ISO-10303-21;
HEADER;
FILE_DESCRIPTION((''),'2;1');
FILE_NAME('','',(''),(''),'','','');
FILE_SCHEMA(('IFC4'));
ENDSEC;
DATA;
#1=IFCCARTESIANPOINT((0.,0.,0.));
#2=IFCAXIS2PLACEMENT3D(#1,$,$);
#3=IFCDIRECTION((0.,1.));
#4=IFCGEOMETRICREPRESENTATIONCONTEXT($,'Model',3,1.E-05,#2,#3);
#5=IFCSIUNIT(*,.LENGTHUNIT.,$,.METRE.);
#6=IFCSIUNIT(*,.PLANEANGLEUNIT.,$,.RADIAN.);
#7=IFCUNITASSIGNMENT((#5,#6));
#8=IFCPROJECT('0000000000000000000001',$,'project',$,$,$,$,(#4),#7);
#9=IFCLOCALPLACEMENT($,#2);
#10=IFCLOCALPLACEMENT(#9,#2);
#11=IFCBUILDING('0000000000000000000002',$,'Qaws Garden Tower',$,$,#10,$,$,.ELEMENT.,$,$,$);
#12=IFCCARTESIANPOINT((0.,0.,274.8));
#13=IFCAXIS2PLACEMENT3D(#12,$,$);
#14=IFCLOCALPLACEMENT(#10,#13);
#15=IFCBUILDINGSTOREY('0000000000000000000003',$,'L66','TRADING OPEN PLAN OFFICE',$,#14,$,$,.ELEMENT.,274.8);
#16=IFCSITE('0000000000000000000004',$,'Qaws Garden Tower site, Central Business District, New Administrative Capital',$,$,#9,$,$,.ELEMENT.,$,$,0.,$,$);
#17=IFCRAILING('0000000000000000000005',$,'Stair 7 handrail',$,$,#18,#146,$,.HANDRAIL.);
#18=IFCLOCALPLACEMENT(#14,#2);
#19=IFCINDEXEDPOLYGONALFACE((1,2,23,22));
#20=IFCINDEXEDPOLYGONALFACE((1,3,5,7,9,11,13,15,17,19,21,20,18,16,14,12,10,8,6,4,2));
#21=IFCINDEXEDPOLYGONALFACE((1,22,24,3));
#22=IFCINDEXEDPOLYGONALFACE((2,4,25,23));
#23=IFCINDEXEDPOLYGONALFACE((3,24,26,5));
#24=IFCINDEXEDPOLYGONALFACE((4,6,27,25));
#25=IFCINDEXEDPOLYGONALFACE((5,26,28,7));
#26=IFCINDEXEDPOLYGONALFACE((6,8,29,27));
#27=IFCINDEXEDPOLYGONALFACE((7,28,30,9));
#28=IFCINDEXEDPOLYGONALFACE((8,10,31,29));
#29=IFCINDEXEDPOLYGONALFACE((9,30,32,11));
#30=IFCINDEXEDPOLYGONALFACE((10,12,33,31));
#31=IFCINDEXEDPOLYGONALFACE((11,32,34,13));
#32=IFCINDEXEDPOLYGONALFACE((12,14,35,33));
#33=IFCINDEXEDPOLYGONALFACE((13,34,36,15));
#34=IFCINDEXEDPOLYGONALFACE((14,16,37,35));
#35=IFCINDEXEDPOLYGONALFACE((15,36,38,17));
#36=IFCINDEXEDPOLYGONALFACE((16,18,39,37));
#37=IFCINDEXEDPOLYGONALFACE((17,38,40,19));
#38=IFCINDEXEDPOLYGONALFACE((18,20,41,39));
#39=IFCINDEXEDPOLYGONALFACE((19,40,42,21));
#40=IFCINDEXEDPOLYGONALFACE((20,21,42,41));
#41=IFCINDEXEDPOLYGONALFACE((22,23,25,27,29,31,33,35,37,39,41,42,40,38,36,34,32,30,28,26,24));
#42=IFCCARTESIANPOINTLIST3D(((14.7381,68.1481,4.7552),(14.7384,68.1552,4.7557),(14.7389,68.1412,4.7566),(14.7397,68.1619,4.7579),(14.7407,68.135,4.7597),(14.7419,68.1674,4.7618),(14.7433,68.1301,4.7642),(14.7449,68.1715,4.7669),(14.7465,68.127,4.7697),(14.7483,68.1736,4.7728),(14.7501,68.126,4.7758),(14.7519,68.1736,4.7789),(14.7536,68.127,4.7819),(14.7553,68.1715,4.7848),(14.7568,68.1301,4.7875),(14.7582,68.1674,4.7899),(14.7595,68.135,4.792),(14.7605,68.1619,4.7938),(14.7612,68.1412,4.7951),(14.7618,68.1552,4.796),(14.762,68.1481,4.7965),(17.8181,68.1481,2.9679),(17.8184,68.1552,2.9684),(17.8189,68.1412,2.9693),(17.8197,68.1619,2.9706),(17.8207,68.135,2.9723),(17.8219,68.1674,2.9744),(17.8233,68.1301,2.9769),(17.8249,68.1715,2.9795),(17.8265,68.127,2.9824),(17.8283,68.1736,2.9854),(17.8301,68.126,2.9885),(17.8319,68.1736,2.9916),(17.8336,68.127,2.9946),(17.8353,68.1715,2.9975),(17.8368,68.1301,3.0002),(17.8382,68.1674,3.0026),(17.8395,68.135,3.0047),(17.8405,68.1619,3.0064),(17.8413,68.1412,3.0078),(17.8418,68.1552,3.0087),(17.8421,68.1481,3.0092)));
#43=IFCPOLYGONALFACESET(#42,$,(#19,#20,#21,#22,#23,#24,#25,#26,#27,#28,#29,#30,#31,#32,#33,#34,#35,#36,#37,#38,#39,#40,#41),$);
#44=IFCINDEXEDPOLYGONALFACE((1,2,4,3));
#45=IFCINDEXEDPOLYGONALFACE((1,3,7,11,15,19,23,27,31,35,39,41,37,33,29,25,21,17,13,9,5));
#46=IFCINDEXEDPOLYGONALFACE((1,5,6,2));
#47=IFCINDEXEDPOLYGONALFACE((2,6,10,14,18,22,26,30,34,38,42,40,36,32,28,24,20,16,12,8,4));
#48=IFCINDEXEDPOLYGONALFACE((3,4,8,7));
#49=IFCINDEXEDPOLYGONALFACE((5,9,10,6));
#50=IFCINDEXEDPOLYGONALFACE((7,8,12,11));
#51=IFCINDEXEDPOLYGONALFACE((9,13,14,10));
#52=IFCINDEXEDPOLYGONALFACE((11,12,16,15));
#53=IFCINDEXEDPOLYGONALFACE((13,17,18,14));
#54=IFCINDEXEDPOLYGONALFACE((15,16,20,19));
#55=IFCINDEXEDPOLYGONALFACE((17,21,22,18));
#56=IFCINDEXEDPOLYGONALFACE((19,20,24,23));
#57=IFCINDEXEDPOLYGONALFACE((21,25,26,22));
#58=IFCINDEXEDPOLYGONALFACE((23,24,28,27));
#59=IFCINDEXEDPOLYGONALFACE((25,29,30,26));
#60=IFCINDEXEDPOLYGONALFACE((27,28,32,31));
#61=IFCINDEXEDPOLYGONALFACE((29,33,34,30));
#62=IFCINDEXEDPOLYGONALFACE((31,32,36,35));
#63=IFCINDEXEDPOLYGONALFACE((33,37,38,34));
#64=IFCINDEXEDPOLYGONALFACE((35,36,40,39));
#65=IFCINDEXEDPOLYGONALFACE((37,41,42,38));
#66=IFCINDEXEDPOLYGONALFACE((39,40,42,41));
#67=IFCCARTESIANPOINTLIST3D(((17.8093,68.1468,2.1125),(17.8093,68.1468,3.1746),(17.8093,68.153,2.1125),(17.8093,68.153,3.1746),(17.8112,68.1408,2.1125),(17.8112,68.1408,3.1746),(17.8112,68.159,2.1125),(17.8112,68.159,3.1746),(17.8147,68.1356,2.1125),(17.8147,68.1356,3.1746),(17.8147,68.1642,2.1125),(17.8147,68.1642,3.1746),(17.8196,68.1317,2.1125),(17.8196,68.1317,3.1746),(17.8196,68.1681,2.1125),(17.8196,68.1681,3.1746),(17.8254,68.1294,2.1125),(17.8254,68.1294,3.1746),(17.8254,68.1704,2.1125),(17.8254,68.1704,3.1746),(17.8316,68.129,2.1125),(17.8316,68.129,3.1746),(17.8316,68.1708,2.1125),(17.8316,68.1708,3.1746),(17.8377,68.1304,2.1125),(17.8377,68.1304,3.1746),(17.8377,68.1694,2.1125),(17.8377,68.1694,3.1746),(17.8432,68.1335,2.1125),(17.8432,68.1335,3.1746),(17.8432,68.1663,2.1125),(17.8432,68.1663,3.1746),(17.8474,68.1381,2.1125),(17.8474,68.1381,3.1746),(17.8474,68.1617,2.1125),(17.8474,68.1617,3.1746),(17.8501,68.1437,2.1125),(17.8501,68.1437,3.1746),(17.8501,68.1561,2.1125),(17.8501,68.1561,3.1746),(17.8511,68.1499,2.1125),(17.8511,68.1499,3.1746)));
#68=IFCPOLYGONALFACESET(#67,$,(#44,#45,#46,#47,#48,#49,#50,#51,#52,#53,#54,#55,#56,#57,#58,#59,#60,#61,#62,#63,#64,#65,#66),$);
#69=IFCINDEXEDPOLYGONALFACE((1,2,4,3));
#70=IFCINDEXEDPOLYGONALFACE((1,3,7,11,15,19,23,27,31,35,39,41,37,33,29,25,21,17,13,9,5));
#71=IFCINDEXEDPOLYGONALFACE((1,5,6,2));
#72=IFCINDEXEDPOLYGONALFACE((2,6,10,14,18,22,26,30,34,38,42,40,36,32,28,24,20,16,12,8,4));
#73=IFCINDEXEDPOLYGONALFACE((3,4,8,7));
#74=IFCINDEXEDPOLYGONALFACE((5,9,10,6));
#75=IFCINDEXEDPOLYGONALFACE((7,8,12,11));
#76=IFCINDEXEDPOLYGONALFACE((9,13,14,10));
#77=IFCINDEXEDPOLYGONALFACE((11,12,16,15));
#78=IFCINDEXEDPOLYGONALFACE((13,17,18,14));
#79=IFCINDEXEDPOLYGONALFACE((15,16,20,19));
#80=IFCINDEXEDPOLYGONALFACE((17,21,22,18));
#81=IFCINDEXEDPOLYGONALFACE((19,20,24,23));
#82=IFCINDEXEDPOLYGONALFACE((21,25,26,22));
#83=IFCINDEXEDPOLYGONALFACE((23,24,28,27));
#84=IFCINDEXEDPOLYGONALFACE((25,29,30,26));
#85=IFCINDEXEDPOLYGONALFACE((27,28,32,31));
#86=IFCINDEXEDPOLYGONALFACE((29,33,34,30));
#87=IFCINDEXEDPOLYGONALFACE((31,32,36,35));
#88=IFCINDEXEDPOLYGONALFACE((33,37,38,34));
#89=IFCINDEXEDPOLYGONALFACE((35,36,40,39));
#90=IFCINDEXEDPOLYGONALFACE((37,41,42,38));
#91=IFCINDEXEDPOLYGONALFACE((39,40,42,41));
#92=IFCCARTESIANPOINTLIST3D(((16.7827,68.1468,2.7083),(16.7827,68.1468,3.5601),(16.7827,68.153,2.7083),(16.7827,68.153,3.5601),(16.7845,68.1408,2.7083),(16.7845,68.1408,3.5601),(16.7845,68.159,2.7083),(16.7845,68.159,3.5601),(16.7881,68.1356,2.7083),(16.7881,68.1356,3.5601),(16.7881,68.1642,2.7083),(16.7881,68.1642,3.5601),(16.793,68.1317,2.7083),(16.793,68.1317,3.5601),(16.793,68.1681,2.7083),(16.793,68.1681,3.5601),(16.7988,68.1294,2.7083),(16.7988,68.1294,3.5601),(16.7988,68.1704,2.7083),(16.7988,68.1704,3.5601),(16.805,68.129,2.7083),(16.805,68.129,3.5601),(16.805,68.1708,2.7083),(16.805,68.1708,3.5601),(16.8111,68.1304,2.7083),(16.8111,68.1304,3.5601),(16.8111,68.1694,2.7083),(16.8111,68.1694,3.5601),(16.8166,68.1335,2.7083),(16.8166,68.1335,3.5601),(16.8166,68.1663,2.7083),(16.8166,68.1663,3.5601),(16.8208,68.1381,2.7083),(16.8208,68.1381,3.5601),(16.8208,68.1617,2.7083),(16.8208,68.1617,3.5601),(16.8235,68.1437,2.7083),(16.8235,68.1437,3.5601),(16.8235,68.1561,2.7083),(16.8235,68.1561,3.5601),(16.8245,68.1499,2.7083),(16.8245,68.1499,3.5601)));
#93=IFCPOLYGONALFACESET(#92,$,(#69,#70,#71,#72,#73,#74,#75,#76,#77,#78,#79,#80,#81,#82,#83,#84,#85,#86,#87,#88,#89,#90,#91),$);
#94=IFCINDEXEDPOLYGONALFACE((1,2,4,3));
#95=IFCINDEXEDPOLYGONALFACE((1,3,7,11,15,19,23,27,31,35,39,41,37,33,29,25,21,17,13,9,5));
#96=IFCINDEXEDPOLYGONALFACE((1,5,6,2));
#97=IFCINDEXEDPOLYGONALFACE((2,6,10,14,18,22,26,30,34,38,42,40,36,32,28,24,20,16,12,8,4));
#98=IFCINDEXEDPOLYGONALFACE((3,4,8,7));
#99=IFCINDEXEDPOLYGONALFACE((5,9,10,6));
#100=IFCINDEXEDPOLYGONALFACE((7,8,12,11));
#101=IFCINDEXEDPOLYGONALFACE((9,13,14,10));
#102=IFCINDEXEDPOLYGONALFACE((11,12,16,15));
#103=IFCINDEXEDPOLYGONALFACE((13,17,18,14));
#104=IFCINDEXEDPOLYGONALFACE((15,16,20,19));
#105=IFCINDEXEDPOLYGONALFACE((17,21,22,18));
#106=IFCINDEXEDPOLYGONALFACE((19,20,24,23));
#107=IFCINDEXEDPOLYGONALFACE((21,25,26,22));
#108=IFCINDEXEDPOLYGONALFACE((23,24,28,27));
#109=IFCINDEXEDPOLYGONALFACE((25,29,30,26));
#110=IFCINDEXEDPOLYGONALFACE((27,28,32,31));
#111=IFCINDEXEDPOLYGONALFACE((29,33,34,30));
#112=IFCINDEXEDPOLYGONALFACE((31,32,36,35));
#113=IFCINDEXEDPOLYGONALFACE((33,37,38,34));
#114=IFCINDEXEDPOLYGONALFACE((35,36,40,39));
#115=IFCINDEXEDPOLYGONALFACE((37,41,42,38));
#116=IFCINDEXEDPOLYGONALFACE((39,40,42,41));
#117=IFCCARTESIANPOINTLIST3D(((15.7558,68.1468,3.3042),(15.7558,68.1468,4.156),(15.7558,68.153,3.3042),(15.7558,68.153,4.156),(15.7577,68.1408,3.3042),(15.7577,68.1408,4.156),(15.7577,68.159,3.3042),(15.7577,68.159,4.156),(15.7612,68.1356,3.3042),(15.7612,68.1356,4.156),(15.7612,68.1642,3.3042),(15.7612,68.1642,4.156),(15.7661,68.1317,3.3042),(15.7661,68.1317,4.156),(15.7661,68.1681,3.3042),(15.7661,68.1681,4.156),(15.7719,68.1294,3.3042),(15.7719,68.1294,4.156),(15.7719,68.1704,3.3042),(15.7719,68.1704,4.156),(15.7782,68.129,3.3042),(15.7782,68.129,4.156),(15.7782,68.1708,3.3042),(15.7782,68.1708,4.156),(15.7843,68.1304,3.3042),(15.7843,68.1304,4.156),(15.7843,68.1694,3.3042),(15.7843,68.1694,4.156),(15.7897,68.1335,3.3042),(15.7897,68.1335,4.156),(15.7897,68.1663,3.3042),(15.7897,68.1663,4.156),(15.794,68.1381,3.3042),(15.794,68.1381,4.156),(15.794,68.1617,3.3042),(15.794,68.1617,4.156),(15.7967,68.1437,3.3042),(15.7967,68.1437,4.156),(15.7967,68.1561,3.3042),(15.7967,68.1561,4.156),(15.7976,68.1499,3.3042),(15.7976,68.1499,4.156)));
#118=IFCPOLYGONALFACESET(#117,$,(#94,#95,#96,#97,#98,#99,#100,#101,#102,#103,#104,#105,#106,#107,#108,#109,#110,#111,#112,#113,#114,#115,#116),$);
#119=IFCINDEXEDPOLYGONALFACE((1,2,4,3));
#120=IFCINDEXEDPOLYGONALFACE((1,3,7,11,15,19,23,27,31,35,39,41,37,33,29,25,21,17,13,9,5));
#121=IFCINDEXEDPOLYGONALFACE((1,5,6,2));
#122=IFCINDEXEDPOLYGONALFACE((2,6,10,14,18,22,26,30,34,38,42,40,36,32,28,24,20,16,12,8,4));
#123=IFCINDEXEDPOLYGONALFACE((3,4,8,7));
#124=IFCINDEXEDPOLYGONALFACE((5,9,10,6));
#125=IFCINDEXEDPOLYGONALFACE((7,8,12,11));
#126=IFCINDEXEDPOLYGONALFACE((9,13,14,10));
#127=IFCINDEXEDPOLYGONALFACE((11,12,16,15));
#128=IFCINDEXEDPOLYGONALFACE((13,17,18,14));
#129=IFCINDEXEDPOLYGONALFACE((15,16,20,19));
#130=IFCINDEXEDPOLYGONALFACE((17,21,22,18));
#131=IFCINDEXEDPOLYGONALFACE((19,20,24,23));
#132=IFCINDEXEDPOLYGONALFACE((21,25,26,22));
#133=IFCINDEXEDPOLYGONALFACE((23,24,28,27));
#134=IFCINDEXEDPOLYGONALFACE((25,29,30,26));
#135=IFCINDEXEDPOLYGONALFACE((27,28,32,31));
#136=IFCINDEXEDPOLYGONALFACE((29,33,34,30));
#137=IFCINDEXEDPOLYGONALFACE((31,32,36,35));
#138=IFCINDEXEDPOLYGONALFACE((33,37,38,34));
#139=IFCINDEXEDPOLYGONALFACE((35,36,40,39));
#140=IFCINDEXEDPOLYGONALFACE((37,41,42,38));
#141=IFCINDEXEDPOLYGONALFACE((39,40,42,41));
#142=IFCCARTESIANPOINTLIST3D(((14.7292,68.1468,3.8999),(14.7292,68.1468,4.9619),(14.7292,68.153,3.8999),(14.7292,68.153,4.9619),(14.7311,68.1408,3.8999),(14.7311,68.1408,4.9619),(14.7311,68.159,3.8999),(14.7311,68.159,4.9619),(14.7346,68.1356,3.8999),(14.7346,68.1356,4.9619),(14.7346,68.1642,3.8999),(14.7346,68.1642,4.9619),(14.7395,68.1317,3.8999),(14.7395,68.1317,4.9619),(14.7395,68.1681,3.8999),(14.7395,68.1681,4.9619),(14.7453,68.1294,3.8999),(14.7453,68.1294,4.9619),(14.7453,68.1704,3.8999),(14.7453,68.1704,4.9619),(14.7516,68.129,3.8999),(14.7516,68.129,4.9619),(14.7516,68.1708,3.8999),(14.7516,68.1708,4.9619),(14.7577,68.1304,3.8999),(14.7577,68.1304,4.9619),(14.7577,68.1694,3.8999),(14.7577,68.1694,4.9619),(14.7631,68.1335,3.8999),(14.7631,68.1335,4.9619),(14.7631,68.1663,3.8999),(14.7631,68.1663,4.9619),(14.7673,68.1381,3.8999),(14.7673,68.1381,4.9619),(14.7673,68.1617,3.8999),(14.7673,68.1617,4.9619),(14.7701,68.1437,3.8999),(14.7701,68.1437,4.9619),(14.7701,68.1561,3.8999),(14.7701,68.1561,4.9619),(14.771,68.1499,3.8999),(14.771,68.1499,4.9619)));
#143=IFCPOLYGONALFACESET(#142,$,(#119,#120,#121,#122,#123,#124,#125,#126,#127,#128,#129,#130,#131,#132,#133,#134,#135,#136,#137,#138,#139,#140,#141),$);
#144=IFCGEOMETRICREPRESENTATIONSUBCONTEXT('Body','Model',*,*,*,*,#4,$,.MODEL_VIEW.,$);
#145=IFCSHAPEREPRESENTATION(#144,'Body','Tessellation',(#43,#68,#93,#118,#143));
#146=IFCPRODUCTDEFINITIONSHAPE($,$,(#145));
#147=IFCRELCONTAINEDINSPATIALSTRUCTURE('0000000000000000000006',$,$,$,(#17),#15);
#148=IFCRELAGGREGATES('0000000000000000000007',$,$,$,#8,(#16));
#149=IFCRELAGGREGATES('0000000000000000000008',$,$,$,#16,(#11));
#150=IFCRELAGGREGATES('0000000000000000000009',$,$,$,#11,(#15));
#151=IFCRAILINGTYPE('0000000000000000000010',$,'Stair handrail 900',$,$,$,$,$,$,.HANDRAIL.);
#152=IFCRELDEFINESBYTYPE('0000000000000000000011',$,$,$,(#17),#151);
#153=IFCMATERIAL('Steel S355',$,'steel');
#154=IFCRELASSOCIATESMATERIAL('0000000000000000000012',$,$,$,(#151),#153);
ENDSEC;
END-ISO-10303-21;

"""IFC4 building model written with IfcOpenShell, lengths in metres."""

from ifc_helpers import new_model, si_unit, direction, frame, origin, origin_2d, place, context, subcontext, project, spatial, circle, extrude, material, type_object, element, save


model = new_model("IFC4")

# Units and contexts
model_context = context("Model", 3, precision=1e-05, world=origin(), true_north=direction((0.0, 1.0)))
body_context = subcontext(model_context, "Body", "Model", "MODEL_VIEW")
ifc_project = project(units=[si_unit("LENGTHUNIT", "METRE"), si_unit("PLANEANGLEUNIT", "RADIAN")], contexts=[model_context])

# Site, building, storey
site_placement = place(None, origin())
site = spatial("IfcSite", under=ifc_project, at=site_placement, Name="Qaws Garden Tower site, Central Business District, New Administrative Capital", CompositionType="ELEMENT", RefElevation=0.0)
building_placement = place(site_placement, origin())
building = spatial("IfcBuilding", under=site, at=building_placement, Name="Qaws Garden Tower", CompositionType="ELEMENT")
storey_placement = place(building_placement, frame((0.0, 0.0, 274.8)))
storey = spatial("IfcBuildingStorey", under=building, at=storey_placement, Name="L66", Description="TRADING OPEN PLAN OFFICE", CompositionType="ELEMENT", Elevation=274.8)

# Railing
ifc_material_1 = material(Name="Steel S355", Category="steel")
railing_type = type_object("IfcRailingType", Name="Stair handrail 900", PredefinedType="HANDRAIL", material=ifc_material_1)
railing_1_placement = place(storey_placement, frame((17.8301, 68.1499, 2.1125)))
element("IfcRailing", 1, at=railing_1_placement, inside=storey, type_object=railing_type, Name="Stair 7 handrail", PredefinedType="HANDRAIL", context=body_context, shape_type="SweptSolid", body=[
    extrude(circle(Radius=0.0239, at=origin_2d()), frame((0.0, 0.0, 0.876), z_axis=(-0.86492, 0.0, 0.501909), x_axis=(0.0, -1.0, 0.0)), (0.0, 0.0, 1.0), 3.561),
    extrude(circle(Radius=0.021, at=origin_2d()), origin(), (0.0, 0.0, 1.0), 1.062),
    extrude(circle(Radius=0.021, at=origin_2d()), frame((-1.0266, 0.0, 0.5957)), (0.0, 0.0, 1.0), 0.8518),
    extrude(circle(Radius=0.021, at=origin_2d()), frame((-2.0535, 0.0, 1.1917)), (0.0, 0.0, 1.0), 0.8518),
    extrude(circle(Radius=0.021, at=origin_2d()), frame((-3.0801, 0.0, 1.7874)), (0.0, 0.0, 1.0), 1.062),
])

save(model, "model.ifc")
